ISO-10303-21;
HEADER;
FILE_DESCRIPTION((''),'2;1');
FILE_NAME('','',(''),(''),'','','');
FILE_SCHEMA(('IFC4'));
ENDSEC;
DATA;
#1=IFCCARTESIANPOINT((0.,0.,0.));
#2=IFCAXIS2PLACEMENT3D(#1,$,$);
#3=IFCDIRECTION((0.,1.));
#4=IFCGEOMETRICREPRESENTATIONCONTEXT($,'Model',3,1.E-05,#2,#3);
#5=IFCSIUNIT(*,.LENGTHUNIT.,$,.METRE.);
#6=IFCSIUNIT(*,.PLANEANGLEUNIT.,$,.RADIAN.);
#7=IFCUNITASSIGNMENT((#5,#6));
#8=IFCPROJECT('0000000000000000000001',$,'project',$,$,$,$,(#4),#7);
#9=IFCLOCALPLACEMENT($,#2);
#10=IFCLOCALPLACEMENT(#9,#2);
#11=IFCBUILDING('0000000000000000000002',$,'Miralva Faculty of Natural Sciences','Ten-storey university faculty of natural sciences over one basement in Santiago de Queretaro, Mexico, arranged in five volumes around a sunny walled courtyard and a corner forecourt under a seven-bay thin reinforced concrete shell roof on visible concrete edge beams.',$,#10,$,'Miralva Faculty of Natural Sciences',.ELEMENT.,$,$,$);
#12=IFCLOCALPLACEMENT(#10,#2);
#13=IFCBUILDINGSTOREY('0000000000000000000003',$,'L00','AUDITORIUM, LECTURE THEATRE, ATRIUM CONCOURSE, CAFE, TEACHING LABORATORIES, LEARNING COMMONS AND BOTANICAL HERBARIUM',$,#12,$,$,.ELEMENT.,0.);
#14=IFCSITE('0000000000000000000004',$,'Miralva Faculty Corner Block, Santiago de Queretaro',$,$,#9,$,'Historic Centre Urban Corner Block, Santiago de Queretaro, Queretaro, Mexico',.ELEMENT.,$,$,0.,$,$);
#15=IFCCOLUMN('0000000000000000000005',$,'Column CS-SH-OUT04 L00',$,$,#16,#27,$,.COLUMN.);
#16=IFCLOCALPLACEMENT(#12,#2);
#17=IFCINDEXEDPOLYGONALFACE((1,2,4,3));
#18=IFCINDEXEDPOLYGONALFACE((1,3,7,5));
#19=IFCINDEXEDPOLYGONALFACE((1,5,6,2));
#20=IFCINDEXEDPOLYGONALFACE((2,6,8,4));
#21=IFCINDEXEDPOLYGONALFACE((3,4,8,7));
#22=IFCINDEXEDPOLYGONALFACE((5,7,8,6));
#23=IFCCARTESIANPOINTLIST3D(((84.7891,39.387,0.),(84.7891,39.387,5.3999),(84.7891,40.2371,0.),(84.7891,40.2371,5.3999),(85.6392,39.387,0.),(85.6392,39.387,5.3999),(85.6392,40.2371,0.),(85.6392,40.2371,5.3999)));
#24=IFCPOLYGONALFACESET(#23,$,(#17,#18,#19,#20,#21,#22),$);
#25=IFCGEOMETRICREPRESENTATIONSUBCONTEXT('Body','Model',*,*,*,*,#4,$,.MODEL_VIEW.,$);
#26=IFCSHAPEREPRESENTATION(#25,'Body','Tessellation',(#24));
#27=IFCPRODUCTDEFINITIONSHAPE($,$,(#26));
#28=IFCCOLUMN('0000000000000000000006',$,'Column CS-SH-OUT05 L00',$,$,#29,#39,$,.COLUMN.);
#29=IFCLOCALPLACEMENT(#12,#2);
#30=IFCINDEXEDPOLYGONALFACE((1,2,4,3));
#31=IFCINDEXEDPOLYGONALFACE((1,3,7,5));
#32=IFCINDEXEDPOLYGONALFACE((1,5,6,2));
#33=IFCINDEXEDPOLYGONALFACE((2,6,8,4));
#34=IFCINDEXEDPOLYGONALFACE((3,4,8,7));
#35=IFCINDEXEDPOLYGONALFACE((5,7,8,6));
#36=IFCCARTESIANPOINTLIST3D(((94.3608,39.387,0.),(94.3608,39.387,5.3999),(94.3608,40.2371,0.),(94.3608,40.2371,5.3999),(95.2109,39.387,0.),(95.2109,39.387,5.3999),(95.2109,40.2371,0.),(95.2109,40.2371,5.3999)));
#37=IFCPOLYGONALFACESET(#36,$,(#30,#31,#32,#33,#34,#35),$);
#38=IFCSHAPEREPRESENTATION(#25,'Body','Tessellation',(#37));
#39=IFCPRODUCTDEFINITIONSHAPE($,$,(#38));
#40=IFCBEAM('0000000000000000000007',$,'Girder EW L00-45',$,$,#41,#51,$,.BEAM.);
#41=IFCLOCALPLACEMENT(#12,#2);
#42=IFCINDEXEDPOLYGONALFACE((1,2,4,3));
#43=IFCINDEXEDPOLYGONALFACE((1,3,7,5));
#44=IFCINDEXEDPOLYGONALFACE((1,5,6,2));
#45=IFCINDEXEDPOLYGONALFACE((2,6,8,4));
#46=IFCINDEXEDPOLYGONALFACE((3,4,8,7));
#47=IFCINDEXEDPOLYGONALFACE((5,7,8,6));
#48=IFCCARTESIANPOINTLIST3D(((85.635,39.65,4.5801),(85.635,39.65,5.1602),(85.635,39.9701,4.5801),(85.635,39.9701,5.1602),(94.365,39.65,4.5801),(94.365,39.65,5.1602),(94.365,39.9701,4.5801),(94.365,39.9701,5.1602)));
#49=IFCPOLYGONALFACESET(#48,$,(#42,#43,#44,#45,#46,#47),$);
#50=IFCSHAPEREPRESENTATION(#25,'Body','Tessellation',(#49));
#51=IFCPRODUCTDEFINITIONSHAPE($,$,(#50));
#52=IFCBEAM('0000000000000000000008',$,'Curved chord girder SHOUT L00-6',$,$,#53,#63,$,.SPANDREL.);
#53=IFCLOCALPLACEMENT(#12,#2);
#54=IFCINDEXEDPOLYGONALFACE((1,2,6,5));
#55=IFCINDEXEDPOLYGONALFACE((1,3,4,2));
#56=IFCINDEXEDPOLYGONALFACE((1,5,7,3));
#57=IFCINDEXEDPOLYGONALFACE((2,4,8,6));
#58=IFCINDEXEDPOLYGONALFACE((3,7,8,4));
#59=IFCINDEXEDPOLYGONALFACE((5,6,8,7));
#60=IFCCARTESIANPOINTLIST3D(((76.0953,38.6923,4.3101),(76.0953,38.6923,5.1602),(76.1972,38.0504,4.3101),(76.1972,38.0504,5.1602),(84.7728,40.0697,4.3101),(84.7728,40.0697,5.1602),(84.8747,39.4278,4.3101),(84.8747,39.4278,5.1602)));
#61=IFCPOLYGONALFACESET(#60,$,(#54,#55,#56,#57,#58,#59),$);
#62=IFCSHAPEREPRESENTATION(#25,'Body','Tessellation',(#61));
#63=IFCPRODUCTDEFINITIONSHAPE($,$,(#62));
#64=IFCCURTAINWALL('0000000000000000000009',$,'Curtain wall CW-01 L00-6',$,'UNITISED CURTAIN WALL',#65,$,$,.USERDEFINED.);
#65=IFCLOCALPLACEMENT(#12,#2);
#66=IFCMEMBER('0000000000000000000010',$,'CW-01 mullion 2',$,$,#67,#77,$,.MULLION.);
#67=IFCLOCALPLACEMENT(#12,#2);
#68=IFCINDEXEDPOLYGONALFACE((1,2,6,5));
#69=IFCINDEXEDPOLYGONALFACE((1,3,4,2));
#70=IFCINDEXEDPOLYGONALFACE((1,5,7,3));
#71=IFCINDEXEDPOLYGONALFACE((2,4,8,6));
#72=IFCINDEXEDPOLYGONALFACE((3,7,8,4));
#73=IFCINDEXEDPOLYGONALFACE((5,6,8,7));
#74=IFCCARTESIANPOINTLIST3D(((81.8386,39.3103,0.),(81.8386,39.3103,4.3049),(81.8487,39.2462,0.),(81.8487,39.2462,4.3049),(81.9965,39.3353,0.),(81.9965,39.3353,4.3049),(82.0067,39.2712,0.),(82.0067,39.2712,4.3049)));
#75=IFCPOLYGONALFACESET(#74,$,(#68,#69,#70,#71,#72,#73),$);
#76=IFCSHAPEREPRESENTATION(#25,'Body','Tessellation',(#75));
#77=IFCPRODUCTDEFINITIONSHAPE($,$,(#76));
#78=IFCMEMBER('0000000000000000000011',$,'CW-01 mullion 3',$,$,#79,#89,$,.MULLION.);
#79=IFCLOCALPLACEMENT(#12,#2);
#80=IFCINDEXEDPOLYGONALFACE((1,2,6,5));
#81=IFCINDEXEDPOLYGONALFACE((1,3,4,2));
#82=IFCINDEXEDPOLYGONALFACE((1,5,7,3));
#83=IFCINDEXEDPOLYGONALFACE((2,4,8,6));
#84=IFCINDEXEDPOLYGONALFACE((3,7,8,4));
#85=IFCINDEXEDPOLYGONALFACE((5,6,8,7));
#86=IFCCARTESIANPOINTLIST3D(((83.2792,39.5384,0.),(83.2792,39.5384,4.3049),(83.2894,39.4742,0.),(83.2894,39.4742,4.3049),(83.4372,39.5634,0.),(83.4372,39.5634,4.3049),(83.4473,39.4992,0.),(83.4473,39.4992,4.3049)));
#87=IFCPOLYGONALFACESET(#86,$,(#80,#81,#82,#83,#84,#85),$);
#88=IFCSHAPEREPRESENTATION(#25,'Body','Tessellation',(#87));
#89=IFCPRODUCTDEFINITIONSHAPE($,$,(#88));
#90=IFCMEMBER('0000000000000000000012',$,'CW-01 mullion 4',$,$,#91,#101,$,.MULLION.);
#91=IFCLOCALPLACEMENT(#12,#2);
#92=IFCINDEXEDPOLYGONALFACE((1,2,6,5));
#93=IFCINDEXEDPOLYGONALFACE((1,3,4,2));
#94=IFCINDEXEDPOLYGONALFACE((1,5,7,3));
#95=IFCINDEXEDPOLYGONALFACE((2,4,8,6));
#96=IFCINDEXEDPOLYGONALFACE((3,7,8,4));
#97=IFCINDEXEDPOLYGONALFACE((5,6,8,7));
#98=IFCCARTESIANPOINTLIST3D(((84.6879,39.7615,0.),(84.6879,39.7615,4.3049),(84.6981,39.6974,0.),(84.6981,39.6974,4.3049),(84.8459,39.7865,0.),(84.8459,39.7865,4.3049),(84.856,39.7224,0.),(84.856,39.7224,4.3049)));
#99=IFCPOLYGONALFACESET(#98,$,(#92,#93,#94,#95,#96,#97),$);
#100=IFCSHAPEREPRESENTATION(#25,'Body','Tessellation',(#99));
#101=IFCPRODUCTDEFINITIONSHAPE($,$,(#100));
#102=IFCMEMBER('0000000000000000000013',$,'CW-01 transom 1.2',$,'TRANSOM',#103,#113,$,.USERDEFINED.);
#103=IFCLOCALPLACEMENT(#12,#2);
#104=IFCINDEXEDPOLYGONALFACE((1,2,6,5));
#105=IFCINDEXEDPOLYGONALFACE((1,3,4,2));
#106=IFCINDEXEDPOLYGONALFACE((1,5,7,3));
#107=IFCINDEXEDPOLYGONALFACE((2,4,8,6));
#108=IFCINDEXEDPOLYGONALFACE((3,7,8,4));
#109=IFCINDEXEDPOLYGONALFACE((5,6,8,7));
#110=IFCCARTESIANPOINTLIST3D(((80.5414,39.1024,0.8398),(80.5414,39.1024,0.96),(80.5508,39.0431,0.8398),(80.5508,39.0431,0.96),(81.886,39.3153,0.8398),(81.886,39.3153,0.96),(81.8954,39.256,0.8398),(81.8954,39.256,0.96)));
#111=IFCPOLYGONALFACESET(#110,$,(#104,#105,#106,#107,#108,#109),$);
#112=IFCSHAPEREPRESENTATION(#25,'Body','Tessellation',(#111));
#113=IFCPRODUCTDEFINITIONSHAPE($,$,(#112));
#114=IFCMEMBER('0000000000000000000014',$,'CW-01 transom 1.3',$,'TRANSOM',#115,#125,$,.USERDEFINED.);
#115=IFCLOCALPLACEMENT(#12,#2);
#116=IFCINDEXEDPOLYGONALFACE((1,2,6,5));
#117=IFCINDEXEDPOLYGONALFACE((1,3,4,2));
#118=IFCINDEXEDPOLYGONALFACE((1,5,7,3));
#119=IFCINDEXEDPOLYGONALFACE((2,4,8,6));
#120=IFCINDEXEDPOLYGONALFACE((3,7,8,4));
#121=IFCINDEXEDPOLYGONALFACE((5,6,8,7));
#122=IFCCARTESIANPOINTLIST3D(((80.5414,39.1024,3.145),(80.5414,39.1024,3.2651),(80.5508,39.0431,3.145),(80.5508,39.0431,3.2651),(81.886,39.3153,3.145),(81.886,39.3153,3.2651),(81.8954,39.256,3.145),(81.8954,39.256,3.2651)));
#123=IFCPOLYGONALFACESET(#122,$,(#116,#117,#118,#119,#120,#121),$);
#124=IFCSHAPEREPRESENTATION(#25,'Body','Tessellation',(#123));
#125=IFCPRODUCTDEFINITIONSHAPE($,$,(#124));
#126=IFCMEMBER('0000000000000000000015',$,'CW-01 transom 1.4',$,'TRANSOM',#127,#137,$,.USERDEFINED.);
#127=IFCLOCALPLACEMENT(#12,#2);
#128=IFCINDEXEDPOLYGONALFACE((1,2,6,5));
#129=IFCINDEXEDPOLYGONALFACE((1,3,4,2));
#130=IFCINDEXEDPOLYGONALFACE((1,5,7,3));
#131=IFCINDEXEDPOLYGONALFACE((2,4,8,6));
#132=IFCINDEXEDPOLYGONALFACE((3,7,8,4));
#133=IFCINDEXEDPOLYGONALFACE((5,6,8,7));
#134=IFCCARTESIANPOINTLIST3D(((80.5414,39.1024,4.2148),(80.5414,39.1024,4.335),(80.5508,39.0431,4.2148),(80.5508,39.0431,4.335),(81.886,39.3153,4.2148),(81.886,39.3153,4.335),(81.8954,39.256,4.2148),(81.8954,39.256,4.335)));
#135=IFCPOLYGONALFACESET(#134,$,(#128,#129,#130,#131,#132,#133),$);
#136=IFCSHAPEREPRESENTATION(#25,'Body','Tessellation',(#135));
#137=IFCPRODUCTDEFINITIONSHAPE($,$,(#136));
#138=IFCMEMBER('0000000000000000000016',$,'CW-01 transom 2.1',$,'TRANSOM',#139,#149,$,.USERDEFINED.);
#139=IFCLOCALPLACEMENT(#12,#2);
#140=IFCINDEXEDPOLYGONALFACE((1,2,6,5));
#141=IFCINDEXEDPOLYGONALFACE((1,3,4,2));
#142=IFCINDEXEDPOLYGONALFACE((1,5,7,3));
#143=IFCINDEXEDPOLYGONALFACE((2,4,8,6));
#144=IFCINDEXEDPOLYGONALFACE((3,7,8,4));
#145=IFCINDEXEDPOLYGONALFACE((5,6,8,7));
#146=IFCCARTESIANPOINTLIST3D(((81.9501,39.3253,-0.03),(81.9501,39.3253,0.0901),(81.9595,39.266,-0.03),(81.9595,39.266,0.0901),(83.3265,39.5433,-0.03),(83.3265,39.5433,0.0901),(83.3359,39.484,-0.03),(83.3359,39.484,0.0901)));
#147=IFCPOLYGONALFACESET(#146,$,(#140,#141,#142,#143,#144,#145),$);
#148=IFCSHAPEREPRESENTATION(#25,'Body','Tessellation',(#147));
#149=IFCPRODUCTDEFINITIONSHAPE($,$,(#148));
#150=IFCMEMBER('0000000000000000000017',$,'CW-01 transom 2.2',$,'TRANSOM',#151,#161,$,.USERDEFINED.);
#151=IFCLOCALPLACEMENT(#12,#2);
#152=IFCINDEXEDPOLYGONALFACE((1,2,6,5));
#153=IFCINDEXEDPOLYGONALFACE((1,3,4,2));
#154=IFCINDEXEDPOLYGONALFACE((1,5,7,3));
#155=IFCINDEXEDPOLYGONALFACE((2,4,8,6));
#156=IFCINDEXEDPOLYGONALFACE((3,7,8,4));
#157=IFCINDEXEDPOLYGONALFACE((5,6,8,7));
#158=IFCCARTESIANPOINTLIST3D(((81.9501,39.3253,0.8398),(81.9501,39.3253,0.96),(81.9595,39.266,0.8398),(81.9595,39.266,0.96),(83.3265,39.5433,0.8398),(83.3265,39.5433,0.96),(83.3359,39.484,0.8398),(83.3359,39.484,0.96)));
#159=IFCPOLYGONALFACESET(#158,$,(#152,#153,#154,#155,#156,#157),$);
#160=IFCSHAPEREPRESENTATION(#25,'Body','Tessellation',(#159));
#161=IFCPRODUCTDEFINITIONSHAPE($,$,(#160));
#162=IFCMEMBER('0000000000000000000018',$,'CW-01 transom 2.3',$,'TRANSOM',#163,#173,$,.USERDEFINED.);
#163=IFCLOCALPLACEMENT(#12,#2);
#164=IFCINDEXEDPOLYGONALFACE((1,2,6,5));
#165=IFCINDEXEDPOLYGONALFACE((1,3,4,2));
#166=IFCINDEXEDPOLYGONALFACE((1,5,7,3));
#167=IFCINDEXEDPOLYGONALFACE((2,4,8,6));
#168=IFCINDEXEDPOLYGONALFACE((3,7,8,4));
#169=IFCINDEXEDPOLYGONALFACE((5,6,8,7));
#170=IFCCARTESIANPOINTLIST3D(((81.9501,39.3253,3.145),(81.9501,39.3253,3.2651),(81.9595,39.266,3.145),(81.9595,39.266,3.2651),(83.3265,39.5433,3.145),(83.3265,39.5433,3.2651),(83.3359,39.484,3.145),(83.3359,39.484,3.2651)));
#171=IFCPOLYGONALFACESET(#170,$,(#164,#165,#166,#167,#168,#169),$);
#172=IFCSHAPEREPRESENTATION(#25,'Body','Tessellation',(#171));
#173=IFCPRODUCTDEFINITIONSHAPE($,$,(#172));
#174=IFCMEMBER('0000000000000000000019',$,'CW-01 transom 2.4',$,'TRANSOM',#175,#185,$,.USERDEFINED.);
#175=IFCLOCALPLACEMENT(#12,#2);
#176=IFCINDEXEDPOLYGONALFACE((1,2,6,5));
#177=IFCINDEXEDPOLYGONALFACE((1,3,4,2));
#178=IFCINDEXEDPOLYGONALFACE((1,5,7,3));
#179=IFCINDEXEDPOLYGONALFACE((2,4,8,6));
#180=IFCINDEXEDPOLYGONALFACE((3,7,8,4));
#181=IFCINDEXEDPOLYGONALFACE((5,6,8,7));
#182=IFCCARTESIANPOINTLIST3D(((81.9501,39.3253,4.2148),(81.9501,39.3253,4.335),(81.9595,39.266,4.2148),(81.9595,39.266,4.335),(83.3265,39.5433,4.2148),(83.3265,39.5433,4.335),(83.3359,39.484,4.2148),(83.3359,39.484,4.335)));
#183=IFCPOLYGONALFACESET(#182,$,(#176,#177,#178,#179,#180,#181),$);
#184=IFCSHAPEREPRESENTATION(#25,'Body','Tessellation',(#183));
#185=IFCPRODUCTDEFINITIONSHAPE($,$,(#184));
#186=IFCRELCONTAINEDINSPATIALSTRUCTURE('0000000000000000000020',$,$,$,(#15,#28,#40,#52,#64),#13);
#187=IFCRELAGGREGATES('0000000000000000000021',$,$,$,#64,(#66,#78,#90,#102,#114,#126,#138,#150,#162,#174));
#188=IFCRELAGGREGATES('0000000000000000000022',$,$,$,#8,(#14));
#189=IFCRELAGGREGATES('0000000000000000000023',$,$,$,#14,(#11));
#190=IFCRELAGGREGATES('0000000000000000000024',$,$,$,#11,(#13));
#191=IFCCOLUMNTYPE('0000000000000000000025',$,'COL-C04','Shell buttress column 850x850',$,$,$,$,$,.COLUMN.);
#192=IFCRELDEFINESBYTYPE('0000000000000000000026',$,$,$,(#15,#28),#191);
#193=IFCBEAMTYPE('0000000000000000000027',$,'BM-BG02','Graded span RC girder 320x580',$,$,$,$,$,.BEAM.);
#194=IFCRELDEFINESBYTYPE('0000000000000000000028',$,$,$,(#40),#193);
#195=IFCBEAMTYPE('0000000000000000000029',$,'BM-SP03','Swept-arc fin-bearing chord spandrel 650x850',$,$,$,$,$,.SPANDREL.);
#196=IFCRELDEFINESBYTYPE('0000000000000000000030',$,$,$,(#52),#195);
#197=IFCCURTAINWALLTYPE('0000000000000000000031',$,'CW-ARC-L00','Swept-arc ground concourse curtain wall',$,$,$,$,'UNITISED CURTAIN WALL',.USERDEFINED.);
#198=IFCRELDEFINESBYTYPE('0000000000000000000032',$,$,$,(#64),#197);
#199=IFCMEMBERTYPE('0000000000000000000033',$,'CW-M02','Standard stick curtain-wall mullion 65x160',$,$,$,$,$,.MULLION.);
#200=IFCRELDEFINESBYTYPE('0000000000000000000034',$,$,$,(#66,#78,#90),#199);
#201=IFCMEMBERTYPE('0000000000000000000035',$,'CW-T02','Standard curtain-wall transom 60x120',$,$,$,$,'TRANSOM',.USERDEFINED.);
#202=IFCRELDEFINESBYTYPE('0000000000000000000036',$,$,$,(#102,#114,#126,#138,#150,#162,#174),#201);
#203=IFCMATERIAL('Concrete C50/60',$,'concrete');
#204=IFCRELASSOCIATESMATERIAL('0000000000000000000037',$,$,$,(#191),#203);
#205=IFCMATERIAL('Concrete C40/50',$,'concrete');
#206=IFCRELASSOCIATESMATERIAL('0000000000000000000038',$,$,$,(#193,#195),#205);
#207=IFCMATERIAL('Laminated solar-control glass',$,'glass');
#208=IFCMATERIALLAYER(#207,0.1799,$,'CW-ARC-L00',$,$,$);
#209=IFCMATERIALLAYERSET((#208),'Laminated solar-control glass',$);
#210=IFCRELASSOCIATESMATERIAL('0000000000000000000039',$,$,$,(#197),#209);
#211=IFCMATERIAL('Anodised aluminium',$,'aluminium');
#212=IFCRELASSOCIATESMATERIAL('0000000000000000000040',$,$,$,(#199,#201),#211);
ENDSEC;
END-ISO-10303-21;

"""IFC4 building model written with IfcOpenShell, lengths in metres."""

from ifc_helpers import new_model, si_unit, direction, frame, origin, origin_2d, place, context, subcontext, project, spatial, rectangle, extrude, material, layer, layer_set, material_profile, profile_set, type_object, element, aggregate, save


model = new_model("IFC4")

# Units and contexts
model_context = context("Model", 3, precision=1e-05, world=origin(), true_north=direction((0.0, 1.0)))
body_context = subcontext(model_context, "Body", "Model", "MODEL_VIEW")
ifc_project = project(units=[si_unit("LENGTHUNIT", "METRE"), si_unit("PLANEANGLEUNIT", "RADIAN")], contexts=[model_context])

# Site, building, storey
site_placement = place(None, origin())
site = spatial("IfcSite", under=ifc_project, at=site_placement, Name="Miralva Faculty Corner Block, Santiago de Queretaro", LongName="Historic Centre Urban Corner Block, Santiago de Queretaro, Queretaro, Mexico", CompositionType="ELEMENT", RefElevation=0.0)
building_placement = place(site_placement, origin())
building = spatial("IfcBuilding", under=site, at=building_placement, Name="Miralva Faculty of Natural Sciences", Description="Ten-storey university faculty of natural sciences over one basement in Santiago de Queretaro, Mexico, arranged in five volumes around a sunny walled courtyard and a corner forecourt under a seven-bay thin reinforced concrete shell roof on visible concrete edge beams.", LongName="Miralva Faculty of Natural Sciences", CompositionType="ELEMENT")
storey_placement = place(building_placement, origin())
storey = spatial("IfcBuildingStorey", under=building, at=storey_placement, Name="L00", Description="AUDITORIUM, LECTURE THEATRE, ATRIUM CONCOURSE, CAFE, TEACHING LABORATORIES, LEARNING COMMONS AND BOTANICAL HERBARIUM", CompositionType="ELEMENT", Elevation=0.0)

# Columns
ifc_material_1 = material(Name="Concrete C50/60", Category="concrete")
ifc_material_profile_1 = material_profile(ifc_material_1, rectangle(XDim=0.8501, YDim=0.8501, at=origin_2d()), Name="RC 850x850")
ifc_profile_set_1 = profile_set([ifc_material_profile_1], Name="Concrete C50/60")
column_type = type_object("IfcColumnType", Name="COL-C04", Description="Shell buttress column 850x850", PredefinedType="COLUMN", material=ifc_profile_set_1)
for number, where, z_axis, x_axis, name in (
    (1, (85.2141, 39.812, 0.0), (0.0, 0.0, 1.0), (1.0, 0.0, 0.0), "Column CS-SH-OUT04 L00"),
    (2, (94.7859, 39.812, 0.0), (0.0, 0.0, 1.0), (1.0, 0.0, 0.0), "Column CS-SH-OUT05 L00"),
):
    element("IfcColumn", number, at=place(storey_placement, frame(where, z_axis=z_axis, x_axis=x_axis)), inside=storey, type_object=column_type, Name=name, PredefinedType="COLUMN", context=body_context, shape_type="SweptSolid", body=[
        extrude(rectangle(XDim=0.8501, YDim=0.8501, at=origin_2d()), origin(), (0.0, 0.0, 1.0), 5.3999),
    ])

# Beams
ifc_material_2 = material(Name="Concrete C40/50", Category="concrete")
ifc_material_profile_2 = material_profile(ifc_material_2, rectangle(XDim=0.3201, YDim=0.5801, at=origin_2d()), Name="RC 320x580")
ifc_profile_set_2 = profile_set([ifc_material_profile_2], Name="Concrete C40/50")
beam_type_1 = type_object("IfcBeamType", Name="BM-BG02", Description="Graded span RC girder 320x580", PredefinedType="BEAM", material=ifc_profile_set_2)
beam_1_placement = place(storey_placement, frame((85.635, 39.8101, 4.8701), z_axis=(1.0, 0.0, 0.0), x_axis=(0.0, 1.0, 0.0)))
element("IfcBeam", 3, at=beam_1_placement, inside=storey, type_object=beam_type_1, Name="Girder EW L00-45", PredefinedType="BEAM", context=body_context, shape_type="SweptSolid", body=[
    extrude(rectangle(XDim=0.3201, YDim=0.5801, at=origin_2d()), origin(), (0.0, 0.0, 1.0), 8.73),
])
ifc_material_profile_3 = material_profile(ifc_material_2, rectangle(XDim=0.6499, YDim=0.8501, at=origin_2d()), Name="RC 650x850")
ifc_profile_set_3 = profile_set([ifc_material_profile_3], Name="Concrete C40/50")
beam_type_2 = type_object("IfcBeamType", Name="BM-SP03", Description="Swept-arc fin-bearing chord spandrel 650x850", PredefinedType="SPANDREL", material=ifc_profile_set_3)
beam_2_placement = place(storey_placement, frame((84.8237, 39.7488, 4.7351), z_axis=(-0.987634, -0.156774, 0.0), x_axis=(0.156774, -0.987634, 0.0)))
element("IfcBeam", 4, at=beam_2_placement, inside=storey, type_object=beam_type_2, Name="Curved chord girder SHOUT L00-6", PredefinedType="SPANDREL", context=body_context, shape_type="SweptSolid", body=[
    extrude(rectangle(XDim=0.6499, YDim=0.8501, at=origin_2d()), origin(), (0.0, 0.0, 1.0), 8.7861),
])

# Curtain wall, members
ifc_material_3 = material(Name="Laminated solar-control glass", Category="glass")
ifc_layer_1 = layer(ifc_material_3, 0.1799, Name="CW-ARC-L00")
ifc_layer_set_1 = layer_set([ifc_layer_1], Name="Laminated solar-control glass")
curtain_wall_type = type_object("IfcCurtainWallType", Name="CW-ARC-L00", Description="Swept-arc ground concourse curtain wall", ElementType="UNITISED CURTAIN WALL", PredefinedType="USERDEFINED", material=ifc_layer_set_1)
curtain_wall_placement = place(storey_placement, origin())
curtain_wall = element("IfcCurtainWall", 5, at=curtain_wall_placement, inside=storey, type_object=curtain_wall_type, Name="Curtain wall CW-01 L00-6", ObjectType="UNITISED CURTAIN WALL", PredefinedType="USERDEFINED")
ifc_material_4 = material(Name="Anodised aluminium", Category="aluminium")
ifc_material_profile_4 = material_profile(ifc_material_4, rectangle(XDim=0.0649, YDim=0.1599, at=origin_2d()), Name="MULLION 65x160")
ifc_profile_set_4 = profile_set([ifc_material_profile_4], Name="Anodised aluminium")
member_type_1 = type_object("IfcMemberType", Name="CW-M02", Description="Standard stick curtain-wall mullion 65x160", PredefinedType="MULLION", material=ifc_profile_set_4)
member_1_placement = place(storey_placement, frame((81.9226, 39.2908, 0.0), z_axis=(0.0, 0.0, 1.0), x_axis=(-0.156423, 0.98769, 0.0)))
member_1 = element("IfcMember", 6, at=member_1_placement, type_object=member_type_1, Name="CW-01 mullion 2", PredefinedType="MULLION", context=body_context, shape_type="SweptSolid", body=[
    extrude(rectangle(XDim=0.0649, YDim=0.1599, at=origin_2d()), origin(), (0.0, 0.0, 1.0), 4.3049),
])
member_2_placement = place(storey_placement, frame((83.3633, 39.5188, 0.0), z_axis=(0.0, 0.0, 1.0), x_axis=(-0.156423, 0.98769, 0.0)))
member_2 = element("IfcMember", 7, at=member_2_placement, type_object=member_type_1, Name="CW-01 mullion 3", PredefinedType="MULLION", context=body_context, shape_type="SweptSolid", body=[
    extrude(rectangle(XDim=0.0649, YDim=0.1599, at=origin_2d()), origin(), (0.0, 0.0, 1.0), 4.3049),
])
member_3_placement = place(storey_placement, frame((84.772, 39.7419, 0.0), z_axis=(0.0, 0.0, 1.0), x_axis=(-0.156423, 0.98769, 0.0)))
member_3 = element("IfcMember", 8, at=member_3_placement, type_object=member_type_1, Name="CW-01 mullion 4", PredefinedType="MULLION", context=body_context, shape_type="SweptSolid", body=[
    extrude(rectangle(XDim=0.0649, YDim=0.1599, at=origin_2d()), origin(), (0.0, 0.0, 1.0), 4.3049),
])
ifc_material_profile_5 = material_profile(ifc_material_4, rectangle(XDim=0.0601, YDim=0.1201, at=origin_2d()), Name="TRANSOM 60x120")
ifc_profile_set_5 = profile_set([ifc_material_profile_5], Name="Anodised aluminium")
member_type_2 = type_object("IfcMemberType", Name="CW-T02", Description="Standard curtain-wall transom 60x120", ElementType="TRANSOM", PredefinedType="USERDEFINED", material=ifc_profile_set_5)
member_4_placement = place(storey_placement, frame((80.5461, 39.0728, 0.8999), z_axis=(0.987695, 0.156395, 0.0), x_axis=(-0.156395, 0.987695, 0.0)))
member_4 = element("IfcMember", 9, at=member_4_placement, type_object=member_type_2, Name="CW-01 transom 1.2", ObjectType="TRANSOM", PredefinedType="USERDEFINED", context=body_context, shape_type="SweptSolid", body=[
    extrude(rectangle(XDim=0.0601, YDim=0.1201, at=origin_2d()), origin(), (0.0, 0.0, 1.0), 1.3613),
])
member_5_placement = place(storey_placement, frame((80.5461, 39.0728, 3.2051), z_axis=(0.987695, 0.156395, 0.0), x_axis=(-0.156395, 0.987695, 0.0)))
member_5 = element("IfcMember", 10, at=member_5_placement, type_object=member_type_2, Name="CW-01 transom 1.3", ObjectType="TRANSOM", PredefinedType="USERDEFINED", context=body_context, shape_type="SweptSolid", body=[
    extrude(rectangle(XDim=0.0601, YDim=0.1201, at=origin_2d()), origin(), (0.0, 0.0, 1.0), 1.3613),
])
member_6_placement = place(storey_placement, frame((80.5461, 39.0728, 4.2749), z_axis=(0.987695, 0.156395, 0.0), x_axis=(-0.156395, 0.987695, 0.0)))
member_6 = element("IfcMember", 11, at=member_6_placement, type_object=member_type_2, Name="CW-01 transom 1.4", ObjectType="TRANSOM", PredefinedType="USERDEFINED", context=body_context, shape_type="SweptSolid", body=[
    extrude(rectangle(XDim=0.0601, YDim=0.1201, at=origin_2d()), origin(), (0.0, 0.0, 1.0), 1.3613),
])
member_7_placement = place(storey_placement, frame((81.9548, 39.2957, 0.03), z_axis=(0.987688, 0.156439, 0.0), x_axis=(-0.156439, 0.987688, 0.0)))
member_7 = element("IfcMember", 12, at=member_7_placement, type_object=member_type_2, Name="CW-01 transom 2.1", ObjectType="TRANSOM", PredefinedType="USERDEFINED", context=body_context, shape_type="SweptSolid", body=[
    extrude(rectangle(XDim=0.0601, YDim=0.1201, at=origin_2d()), origin(), (0.0, 0.0, 1.0), 1.3936),
])
member_8_placement = place(storey_placement, frame((81.9548, 39.2957, 0.8999), z_axis=(0.987688, 0.156439, 0.0), x_axis=(-0.156439, 0.987688, 0.0)))
member_8 = element("IfcMember", 13, at=member_8_placement, type_object=member_type_2, Name="CW-01 transom 2.2", ObjectType="TRANSOM", PredefinedType="USERDEFINED", context=body_context, shape_type="SweptSolid", body=[
    extrude(rectangle(XDim=0.0601, YDim=0.1201, at=origin_2d()), origin(), (0.0, 0.0, 1.0), 1.3936),
])
member_9_placement = place(storey_placement, frame((81.9548, 39.2957, 3.2051), z_axis=(0.987688, 0.156439, 0.0), x_axis=(-0.156439, 0.987688, 0.0)))
member_9 = element("IfcMember", 14, at=member_9_placement, type_object=member_type_2, Name="CW-01 transom 2.3", ObjectType="TRANSOM", PredefinedType="USERDEFINED", context=body_context, shape_type="SweptSolid", body=[
    extrude(rectangle(XDim=0.0601, YDim=0.1201, at=origin_2d()), origin(), (0.0, 0.0, 1.0), 1.3936),
])
member_10_placement = place(storey_placement, frame((81.9548, 39.2957, 4.2749), z_axis=(0.987688, 0.156439, 0.0), x_axis=(-0.156439, 0.987688, 0.0)))
member_10 = element("IfcMember", 15, at=member_10_placement, type_object=member_type_2, Name="CW-01 transom 2.4", ObjectType="TRANSOM", PredefinedType="USERDEFINED", context=body_context, shape_type="SweptSolid", body=[
    extrude(rectangle(XDim=0.0601, YDim=0.1201, at=origin_2d()), origin(), (0.0, 0.0, 1.0), 1.3936),
])
aggregate(curtain_wall, [member_1, member_2, member_3, member_4, member_5, member_6, member_7, member_8, member_9, member_10])

save(model, "model.ifc")
